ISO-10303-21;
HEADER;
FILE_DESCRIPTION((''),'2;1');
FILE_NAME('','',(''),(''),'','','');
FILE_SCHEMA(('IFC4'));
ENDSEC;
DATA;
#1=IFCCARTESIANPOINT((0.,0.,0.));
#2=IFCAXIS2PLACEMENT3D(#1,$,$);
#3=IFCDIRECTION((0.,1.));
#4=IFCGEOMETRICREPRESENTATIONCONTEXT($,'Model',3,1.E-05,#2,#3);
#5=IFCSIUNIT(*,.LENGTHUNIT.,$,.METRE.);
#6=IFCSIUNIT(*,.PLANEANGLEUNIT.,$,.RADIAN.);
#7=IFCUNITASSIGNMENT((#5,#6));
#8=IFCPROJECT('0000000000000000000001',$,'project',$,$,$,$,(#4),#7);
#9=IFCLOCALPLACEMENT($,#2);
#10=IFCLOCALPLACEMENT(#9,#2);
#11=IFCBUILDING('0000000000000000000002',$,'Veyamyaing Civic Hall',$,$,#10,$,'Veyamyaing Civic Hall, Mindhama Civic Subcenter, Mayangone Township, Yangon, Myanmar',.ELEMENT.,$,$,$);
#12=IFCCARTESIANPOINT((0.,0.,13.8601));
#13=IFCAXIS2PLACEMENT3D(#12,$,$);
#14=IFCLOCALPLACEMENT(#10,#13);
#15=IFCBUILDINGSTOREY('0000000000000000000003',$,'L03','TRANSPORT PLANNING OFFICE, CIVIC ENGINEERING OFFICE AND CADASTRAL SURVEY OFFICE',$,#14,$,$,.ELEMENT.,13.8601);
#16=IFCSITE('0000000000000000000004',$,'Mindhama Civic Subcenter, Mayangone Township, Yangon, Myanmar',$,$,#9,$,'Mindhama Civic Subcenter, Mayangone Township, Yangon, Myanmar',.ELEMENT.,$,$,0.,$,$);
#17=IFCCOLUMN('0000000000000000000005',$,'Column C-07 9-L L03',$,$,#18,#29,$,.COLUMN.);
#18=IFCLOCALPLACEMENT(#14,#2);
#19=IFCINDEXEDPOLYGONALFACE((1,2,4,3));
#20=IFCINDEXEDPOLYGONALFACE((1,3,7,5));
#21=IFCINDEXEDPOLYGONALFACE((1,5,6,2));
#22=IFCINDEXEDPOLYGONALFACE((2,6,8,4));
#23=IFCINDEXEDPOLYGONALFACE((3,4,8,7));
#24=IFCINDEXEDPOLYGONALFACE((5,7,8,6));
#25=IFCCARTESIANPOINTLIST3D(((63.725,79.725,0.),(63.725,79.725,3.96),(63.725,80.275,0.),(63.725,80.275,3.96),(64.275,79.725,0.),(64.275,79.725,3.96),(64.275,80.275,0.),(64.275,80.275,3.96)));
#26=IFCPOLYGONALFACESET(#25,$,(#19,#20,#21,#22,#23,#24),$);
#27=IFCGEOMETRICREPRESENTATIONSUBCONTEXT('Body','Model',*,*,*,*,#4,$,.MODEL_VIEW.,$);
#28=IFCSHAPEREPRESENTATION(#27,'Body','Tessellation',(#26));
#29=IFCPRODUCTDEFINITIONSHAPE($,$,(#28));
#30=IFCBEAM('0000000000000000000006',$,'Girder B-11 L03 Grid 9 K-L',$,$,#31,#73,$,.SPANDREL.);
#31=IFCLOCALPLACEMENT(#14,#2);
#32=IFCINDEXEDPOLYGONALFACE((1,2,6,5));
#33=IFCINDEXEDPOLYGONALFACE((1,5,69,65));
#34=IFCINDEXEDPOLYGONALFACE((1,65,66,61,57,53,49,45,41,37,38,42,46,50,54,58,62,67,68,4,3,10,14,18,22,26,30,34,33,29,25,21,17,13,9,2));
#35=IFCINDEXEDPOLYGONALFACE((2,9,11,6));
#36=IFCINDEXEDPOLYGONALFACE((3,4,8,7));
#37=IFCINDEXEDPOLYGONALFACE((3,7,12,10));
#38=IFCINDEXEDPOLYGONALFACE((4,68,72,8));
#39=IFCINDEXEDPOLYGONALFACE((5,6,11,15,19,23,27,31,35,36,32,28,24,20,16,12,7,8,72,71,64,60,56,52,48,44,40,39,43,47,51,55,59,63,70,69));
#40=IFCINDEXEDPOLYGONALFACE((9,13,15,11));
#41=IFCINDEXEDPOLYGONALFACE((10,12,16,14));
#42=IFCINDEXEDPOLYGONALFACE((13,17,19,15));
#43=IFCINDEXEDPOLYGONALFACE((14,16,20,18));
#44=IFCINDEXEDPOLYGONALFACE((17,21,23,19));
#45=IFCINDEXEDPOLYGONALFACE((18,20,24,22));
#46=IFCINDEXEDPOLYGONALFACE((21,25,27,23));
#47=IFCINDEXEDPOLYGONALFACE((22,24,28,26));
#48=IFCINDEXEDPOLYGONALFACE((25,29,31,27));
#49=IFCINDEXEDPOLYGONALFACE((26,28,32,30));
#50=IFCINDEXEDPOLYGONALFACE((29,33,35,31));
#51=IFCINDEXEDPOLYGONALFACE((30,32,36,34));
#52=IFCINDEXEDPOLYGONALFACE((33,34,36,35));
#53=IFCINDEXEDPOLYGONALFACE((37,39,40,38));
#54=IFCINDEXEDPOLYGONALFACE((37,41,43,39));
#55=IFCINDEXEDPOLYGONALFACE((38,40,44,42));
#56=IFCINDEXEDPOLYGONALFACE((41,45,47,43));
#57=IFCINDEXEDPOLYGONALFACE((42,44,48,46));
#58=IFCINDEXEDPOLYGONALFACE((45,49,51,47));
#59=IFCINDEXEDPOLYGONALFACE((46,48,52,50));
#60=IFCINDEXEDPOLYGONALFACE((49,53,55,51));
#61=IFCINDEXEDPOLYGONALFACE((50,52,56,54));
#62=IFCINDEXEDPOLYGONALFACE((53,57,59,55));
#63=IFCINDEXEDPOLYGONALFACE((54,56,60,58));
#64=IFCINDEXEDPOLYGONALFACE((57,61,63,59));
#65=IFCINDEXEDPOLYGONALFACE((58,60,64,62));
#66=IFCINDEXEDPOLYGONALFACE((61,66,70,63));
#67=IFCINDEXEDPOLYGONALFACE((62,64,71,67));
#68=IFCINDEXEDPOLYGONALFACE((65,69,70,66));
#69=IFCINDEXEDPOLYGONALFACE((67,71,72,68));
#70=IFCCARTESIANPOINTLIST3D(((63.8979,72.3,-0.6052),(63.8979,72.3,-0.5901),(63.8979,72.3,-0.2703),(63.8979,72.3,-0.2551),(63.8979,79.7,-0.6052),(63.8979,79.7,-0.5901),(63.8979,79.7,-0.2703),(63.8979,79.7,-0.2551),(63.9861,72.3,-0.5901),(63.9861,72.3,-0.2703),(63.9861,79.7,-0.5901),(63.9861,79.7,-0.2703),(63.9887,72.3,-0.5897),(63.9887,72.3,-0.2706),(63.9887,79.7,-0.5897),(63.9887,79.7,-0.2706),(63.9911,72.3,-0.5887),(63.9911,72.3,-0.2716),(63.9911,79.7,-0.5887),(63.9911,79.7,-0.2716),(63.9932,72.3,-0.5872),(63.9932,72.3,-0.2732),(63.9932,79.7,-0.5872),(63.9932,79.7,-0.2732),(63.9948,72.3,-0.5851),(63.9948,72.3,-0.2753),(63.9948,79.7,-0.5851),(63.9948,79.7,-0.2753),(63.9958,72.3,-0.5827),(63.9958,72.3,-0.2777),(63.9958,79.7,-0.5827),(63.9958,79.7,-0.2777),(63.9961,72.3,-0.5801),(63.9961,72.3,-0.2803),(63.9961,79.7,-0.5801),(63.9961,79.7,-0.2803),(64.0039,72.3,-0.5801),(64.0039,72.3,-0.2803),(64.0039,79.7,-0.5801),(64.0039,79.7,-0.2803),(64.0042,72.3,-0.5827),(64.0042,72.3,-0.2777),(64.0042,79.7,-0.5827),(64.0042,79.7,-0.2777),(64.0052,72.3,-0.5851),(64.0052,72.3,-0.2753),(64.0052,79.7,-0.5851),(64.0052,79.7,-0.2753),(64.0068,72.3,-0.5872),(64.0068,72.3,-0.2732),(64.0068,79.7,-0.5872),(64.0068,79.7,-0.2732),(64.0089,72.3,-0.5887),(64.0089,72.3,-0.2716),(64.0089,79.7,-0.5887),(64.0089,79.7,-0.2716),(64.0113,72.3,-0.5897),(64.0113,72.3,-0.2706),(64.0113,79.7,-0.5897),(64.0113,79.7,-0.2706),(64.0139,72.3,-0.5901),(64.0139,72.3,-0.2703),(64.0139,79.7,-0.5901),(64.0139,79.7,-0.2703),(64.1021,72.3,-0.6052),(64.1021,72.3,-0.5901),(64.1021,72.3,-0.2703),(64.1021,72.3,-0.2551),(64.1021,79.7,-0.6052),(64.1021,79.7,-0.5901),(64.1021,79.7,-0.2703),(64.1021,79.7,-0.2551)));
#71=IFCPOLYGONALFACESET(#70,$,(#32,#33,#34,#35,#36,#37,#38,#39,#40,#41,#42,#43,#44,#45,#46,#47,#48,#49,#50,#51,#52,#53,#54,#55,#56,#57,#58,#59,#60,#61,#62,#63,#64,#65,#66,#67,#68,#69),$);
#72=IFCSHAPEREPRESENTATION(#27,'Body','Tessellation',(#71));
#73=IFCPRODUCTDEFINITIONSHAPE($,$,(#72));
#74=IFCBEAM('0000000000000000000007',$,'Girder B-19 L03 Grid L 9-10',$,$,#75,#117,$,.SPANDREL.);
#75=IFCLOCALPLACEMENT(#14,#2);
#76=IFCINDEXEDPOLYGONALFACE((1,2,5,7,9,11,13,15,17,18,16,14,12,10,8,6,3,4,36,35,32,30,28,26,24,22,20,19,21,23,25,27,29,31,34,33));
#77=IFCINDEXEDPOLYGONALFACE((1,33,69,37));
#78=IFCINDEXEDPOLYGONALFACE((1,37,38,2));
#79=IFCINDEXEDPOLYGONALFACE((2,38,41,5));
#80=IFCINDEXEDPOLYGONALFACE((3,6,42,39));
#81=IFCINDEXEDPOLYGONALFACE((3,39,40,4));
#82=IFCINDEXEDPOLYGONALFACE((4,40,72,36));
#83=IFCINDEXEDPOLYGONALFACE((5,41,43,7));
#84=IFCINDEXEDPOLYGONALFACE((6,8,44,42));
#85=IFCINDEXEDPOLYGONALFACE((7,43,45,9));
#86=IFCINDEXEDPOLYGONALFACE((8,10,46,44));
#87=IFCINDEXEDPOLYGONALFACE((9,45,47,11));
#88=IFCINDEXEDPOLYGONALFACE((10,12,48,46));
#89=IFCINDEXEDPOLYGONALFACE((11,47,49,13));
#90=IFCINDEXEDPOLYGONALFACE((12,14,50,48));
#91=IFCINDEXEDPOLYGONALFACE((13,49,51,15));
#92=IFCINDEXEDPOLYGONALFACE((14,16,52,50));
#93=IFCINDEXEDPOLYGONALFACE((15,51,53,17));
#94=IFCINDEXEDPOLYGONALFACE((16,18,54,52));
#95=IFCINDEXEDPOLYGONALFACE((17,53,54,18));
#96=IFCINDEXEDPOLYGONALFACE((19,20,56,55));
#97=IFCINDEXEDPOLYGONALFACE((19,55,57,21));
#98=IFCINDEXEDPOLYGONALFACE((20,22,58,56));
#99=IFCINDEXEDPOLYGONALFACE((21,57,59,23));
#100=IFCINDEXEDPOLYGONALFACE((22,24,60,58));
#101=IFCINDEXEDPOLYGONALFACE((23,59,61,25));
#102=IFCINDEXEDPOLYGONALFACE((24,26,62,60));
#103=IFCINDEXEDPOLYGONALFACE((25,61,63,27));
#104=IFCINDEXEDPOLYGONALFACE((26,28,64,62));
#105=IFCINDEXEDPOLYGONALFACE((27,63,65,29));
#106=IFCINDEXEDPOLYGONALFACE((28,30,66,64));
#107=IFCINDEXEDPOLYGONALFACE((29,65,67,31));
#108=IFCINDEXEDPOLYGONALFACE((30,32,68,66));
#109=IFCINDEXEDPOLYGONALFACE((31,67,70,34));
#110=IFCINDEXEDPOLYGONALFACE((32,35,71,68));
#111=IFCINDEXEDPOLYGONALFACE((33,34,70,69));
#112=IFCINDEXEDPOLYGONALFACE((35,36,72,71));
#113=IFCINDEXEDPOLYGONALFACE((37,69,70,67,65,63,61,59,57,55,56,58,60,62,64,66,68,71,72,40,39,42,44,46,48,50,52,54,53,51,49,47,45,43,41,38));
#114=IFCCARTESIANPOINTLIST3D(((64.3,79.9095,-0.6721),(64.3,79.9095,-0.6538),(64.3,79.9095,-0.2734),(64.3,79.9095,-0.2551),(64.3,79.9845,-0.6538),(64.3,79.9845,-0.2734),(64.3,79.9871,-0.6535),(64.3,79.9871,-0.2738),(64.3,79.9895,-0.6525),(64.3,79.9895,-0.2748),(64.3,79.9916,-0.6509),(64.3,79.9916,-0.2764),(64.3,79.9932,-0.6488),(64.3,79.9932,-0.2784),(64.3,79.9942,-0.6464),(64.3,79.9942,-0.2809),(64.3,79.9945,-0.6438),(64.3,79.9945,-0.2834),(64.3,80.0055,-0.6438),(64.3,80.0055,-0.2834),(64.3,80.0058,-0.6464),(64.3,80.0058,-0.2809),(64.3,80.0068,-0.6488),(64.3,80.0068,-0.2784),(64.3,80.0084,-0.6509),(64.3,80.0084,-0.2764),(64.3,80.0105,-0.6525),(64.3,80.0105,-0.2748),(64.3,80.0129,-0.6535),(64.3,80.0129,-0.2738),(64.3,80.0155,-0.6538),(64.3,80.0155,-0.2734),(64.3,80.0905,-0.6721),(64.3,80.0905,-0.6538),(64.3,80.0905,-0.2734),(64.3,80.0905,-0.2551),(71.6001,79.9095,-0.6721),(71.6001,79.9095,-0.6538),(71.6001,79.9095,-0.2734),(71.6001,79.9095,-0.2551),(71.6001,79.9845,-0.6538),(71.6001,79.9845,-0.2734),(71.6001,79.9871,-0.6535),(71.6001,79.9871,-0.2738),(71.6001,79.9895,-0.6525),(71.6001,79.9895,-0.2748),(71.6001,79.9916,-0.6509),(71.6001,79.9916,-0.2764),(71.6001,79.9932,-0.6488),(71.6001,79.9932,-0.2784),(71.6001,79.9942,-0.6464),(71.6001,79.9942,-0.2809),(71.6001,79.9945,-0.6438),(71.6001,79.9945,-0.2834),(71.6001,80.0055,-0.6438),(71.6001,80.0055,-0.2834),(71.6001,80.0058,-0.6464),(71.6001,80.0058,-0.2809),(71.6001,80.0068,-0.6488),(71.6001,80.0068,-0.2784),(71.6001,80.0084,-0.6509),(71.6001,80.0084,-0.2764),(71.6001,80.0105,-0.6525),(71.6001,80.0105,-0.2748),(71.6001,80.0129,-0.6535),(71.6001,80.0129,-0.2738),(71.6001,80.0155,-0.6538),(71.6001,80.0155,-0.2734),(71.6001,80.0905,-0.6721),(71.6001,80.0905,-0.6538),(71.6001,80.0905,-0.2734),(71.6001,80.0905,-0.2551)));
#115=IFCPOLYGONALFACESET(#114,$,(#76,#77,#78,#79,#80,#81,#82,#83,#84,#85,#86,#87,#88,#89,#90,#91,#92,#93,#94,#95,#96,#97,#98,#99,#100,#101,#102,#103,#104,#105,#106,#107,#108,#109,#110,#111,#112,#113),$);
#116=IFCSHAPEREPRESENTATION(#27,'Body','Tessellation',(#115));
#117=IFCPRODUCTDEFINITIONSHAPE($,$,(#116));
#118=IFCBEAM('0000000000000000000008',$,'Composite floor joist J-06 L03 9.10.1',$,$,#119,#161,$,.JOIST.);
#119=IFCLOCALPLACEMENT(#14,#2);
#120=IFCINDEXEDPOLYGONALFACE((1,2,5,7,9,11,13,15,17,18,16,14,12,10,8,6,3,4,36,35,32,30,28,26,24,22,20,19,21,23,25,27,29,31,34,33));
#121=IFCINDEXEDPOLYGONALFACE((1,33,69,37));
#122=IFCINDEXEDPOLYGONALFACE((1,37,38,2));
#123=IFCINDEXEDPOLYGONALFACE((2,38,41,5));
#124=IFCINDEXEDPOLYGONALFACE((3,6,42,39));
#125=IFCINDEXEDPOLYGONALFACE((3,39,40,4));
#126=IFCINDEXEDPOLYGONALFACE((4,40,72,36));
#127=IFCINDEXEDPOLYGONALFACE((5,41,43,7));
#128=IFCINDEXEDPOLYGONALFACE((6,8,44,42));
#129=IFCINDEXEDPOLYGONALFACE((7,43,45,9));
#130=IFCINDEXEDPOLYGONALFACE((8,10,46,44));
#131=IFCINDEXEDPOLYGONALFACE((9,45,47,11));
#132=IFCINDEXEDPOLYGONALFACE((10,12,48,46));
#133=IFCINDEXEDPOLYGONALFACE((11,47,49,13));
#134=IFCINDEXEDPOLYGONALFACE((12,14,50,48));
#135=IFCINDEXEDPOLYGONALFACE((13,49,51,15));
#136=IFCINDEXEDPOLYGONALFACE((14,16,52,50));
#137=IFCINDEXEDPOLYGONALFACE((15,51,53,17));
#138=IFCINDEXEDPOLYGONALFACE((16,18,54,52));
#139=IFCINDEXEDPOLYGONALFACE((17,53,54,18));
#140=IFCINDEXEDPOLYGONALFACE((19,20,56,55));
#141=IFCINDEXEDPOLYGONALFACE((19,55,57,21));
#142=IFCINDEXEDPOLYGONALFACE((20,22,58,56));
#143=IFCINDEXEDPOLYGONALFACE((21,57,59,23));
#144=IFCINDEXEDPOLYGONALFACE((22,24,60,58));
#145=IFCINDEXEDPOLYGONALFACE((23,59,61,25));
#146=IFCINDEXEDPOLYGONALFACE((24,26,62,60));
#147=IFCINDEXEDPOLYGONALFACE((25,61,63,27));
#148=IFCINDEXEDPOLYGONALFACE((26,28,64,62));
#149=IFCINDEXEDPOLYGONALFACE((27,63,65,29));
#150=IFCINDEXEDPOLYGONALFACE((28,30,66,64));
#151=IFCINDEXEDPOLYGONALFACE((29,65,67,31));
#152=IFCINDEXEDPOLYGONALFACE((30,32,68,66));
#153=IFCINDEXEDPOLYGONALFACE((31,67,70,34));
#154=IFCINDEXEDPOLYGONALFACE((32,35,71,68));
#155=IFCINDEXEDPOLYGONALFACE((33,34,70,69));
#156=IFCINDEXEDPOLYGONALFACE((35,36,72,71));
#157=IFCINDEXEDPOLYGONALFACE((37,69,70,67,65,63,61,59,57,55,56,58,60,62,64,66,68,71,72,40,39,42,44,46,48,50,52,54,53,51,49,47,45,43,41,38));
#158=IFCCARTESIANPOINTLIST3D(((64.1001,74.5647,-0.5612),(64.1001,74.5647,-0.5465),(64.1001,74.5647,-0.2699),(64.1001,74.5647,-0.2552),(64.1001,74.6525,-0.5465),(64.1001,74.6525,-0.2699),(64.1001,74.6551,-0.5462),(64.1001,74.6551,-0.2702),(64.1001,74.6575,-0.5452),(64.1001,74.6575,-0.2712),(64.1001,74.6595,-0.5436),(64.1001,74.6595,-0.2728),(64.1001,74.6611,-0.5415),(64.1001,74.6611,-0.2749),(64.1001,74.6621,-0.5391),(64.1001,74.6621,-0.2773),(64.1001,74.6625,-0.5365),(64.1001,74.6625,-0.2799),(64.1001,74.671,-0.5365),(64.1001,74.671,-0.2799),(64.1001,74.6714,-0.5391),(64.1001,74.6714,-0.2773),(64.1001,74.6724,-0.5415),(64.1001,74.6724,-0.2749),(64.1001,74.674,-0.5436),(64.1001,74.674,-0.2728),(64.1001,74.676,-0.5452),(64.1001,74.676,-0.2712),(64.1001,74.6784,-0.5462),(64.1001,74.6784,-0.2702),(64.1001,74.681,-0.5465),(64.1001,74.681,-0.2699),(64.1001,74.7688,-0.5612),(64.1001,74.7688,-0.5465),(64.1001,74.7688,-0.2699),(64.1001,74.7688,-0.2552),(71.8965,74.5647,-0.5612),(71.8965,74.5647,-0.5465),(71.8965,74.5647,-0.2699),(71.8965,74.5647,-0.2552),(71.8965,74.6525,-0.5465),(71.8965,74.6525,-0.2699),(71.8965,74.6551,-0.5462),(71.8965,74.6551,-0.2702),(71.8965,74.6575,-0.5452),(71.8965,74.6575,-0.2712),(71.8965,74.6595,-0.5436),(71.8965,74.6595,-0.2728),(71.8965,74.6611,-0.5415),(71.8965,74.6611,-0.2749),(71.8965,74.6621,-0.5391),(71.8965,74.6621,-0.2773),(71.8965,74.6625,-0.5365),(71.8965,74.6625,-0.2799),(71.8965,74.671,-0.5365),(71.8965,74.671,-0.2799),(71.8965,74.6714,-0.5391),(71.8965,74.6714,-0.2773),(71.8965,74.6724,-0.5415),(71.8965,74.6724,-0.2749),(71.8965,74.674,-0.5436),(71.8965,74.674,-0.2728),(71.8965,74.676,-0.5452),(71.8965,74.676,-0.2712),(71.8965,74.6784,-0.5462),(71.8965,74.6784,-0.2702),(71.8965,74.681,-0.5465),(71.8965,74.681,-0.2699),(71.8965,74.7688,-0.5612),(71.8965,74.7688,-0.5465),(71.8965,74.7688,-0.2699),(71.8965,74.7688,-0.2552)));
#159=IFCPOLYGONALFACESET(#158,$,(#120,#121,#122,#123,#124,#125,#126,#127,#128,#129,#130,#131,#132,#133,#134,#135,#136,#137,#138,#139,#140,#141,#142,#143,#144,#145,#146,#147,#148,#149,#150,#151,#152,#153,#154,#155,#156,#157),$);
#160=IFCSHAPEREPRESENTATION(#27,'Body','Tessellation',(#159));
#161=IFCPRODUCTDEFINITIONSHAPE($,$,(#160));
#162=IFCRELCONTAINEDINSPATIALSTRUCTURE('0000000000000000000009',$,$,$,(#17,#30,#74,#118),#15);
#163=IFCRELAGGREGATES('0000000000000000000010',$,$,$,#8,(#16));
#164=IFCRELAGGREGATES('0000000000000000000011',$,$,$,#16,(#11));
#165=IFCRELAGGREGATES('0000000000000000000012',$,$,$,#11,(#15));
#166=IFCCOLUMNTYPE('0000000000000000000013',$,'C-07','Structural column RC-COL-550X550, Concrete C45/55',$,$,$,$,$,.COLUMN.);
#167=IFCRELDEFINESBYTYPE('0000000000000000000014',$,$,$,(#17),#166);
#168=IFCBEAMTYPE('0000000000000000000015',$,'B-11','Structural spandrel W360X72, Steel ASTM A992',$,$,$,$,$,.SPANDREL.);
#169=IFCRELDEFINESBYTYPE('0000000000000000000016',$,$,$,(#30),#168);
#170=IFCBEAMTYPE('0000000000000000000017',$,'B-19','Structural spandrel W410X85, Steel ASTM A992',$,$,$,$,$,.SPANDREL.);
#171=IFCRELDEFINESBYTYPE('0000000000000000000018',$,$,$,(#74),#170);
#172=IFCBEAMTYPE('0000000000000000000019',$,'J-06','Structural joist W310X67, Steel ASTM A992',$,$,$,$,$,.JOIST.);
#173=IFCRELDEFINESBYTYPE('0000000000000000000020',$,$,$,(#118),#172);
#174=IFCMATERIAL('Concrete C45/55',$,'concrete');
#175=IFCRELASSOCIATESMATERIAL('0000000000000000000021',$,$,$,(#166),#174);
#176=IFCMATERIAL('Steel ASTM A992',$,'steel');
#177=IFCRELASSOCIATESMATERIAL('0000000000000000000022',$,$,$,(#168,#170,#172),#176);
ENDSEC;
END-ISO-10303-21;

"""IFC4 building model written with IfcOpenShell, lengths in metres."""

from ifc_helpers import new_model, si_unit, direction, frame, origin, origin_2d, place, context, subcontext, project, spatial, rectangle, i_section, extrude, material, material_profile, profile_set, type_object, element, save


model = new_model("IFC4")

# Units and contexts
model_context = context("Model", 3, precision=1e-05, world=origin(), true_north=direction((0.0, 1.0)))
body_context = subcontext(model_context, "Body", "Model", "MODEL_VIEW")
ifc_project = project(units=[si_unit("LENGTHUNIT", "METRE"), si_unit("PLANEANGLEUNIT", "RADIAN")], contexts=[model_context])

# Site, building, storey
site_placement = place(None, origin())
site = spatial("IfcSite", under=ifc_project, at=site_placement, Name="Mindhama Civic Subcenter, Mayangone Township, Yangon, Myanmar", LongName="Mindhama Civic Subcenter, Mayangone Township, Yangon, Myanmar", CompositionType="ELEMENT", RefElevation=0.0)
building_placement = place(site_placement, origin())
building = spatial("IfcBuilding", under=site, at=building_placement, Name="Veyamyaing Civic Hall", LongName="Veyamyaing Civic Hall, Mindhama Civic Subcenter, Mayangone Township, Yangon, Myanmar", CompositionType="ELEMENT")
storey_placement = place(building_placement, frame((0.0, 0.0, 13.8601)))
storey = spatial("IfcBuildingStorey", under=building, at=storey_placement, Name="L03", Description="TRANSPORT PLANNING OFFICE, CIVIC ENGINEERING OFFICE AND CADASTRAL SURVEY OFFICE", CompositionType="ELEMENT", Elevation=13.8601)

# Column
ifc_material_1 = material(Name="Concrete C45/55", Category="concrete")
ifc_material_profile_1 = material_profile(ifc_material_1, rectangle(XDim=0.55, YDim=0.55, at=origin_2d()), Name="RC-COL-550X550")
ifc_profile_set_1 = profile_set([ifc_material_profile_1], Name="Concrete C45/55")
column_type = type_object("IfcColumnType", Name="C-07", Description="Structural column RC-COL-550X550, Concrete C45/55", PredefinedType="COLUMN", material=ifc_profile_set_1)
column_placement = place(storey_placement, frame((64.0, 80.0, 0.0), z_axis=(0.0, 0.0, 1.0), x_axis=(1.0, 0.0, 0.0)))
element("IfcColumn", 1, at=column_placement, inside=storey, type_object=column_type, Name="Column C-07 9-L L03", PredefinedType="COLUMN", context=body_context, shape_type="SweptSolid", body=[
    extrude(rectangle(XDim=0.55, YDim=0.55, at=origin_2d()), origin(), (0.0, 0.0, 1.0), 3.96),
])

# Beams
ifc_material_2 = material(Name="Steel ASTM A992", Category="steel")
ifc_material_profile_2 = material_profile(ifc_material_2, i_section(OverallWidth=0.2041, OverallDepth=0.3501, WebThickness=0.0078, FlangeThickness=0.0151, FilletRadius=0.01, at=origin_2d()), Name="W360X72")
ifc_profile_set_2 = profile_set([ifc_material_profile_2], Name="Steel ASTM A992")
beam_type_1 = type_object("IfcBeamType", Name="B-11", Description="Structural spandrel W360X72, Steel ASTM A992", PredefinedType="SPANDREL", material=ifc_profile_set_2)
beam_1_placement = place(storey_placement, frame((64.0, 72.3, -0.4302), z_axis=(0.0, 1.0, 0.0), x_axis=(-1.0, 0.0, 0.0)))
element("IfcBeam", 2, at=beam_1_placement, inside=storey, type_object=beam_type_1, Name="Girder B-11 L03 Grid 9 K-L", PredefinedType="SPANDREL", context=body_context, shape_type="SweptSolid", body=[
    extrude(i_section(OverallWidth=0.2041, OverallDepth=0.3501, WebThickness=0.0078, FlangeThickness=0.0151, FilletRadius=0.01, at=origin_2d()), origin(), (0.0, 0.0, 1.0), 7.3999),
])
ifc_material_profile_3 = material_profile(ifc_material_2, i_section(OverallWidth=0.1809, OverallDepth=0.417, WebThickness=0.011, FlangeThickness=0.0183, FilletRadius=0.01, at=origin_2d()), Name="W410X85")
ifc_profile_set_3 = profile_set([ifc_material_profile_3], Name="Steel ASTM A992")
beam_type_2 = type_object("IfcBeamType", Name="B-19", Description="Structural spandrel W410X85, Steel ASTM A992", PredefinedType="SPANDREL", material=ifc_profile_set_3)
beam_2_placement = place(storey_placement, frame((64.3, 80.0, -0.4636), z_axis=(1.0, 0.0, 0.0), x_axis=(0.0, 1.0, 0.0)))
element("IfcBeam", 3, at=beam_2_placement, inside=storey, type_object=beam_type_2, Name="Girder B-19 L03 Grid L 9-10", PredefinedType="SPANDREL", context=body_context, shape_type="SweptSolid", body=[
    extrude(i_section(OverallWidth=0.1809, OverallDepth=0.417, WebThickness=0.011, FlangeThickness=0.0183, FilletRadius=0.01, at=origin_2d()), origin(), (0.0, 0.0, 1.0), 7.3),
])
ifc_material_profile_4 = material_profile(ifc_material_2, i_section(OverallWidth=0.2041, OverallDepth=0.3059, WebThickness=0.0085, FlangeThickness=0.0146, FilletRadius=0.01, at=origin_2d()), Name="W310X67")
ifc_profile_set_4 = profile_set([ifc_material_profile_4], Name="Steel ASTM A992")
beam_type_3 = type_object("IfcBeamType", Name="J-06", Description="Structural joist W310X67, Steel ASTM A992", PredefinedType="JOIST", material=ifc_profile_set_4)
for number, where, z_axis, x_axis, name in (
    (4, (64.1001, 74.6667, -0.4082), (1.0, 0.0, 0.0), (0.0, 1.0, 0.0), "Composite floor joist J-06 L03 9.10.1"),
):
    element("IfcBeam", number, at=place(storey_placement, frame(where, z_axis=z_axis, x_axis=x_axis)), inside=storey, type_object=beam_type_3, Name=name, PredefinedType="JOIST", context=body_context, shape_type="SweptSolid", body=[
        extrude(i_section(OverallWidth=0.2041, OverallDepth=0.3059, WebThickness=0.0085, FlangeThickness=0.0146, FilletRadius=0.01, at=origin_2d()), origin(), (0.0, 0.0, 1.0), 7.7964),
    ])

save(model, "model.ifc")
